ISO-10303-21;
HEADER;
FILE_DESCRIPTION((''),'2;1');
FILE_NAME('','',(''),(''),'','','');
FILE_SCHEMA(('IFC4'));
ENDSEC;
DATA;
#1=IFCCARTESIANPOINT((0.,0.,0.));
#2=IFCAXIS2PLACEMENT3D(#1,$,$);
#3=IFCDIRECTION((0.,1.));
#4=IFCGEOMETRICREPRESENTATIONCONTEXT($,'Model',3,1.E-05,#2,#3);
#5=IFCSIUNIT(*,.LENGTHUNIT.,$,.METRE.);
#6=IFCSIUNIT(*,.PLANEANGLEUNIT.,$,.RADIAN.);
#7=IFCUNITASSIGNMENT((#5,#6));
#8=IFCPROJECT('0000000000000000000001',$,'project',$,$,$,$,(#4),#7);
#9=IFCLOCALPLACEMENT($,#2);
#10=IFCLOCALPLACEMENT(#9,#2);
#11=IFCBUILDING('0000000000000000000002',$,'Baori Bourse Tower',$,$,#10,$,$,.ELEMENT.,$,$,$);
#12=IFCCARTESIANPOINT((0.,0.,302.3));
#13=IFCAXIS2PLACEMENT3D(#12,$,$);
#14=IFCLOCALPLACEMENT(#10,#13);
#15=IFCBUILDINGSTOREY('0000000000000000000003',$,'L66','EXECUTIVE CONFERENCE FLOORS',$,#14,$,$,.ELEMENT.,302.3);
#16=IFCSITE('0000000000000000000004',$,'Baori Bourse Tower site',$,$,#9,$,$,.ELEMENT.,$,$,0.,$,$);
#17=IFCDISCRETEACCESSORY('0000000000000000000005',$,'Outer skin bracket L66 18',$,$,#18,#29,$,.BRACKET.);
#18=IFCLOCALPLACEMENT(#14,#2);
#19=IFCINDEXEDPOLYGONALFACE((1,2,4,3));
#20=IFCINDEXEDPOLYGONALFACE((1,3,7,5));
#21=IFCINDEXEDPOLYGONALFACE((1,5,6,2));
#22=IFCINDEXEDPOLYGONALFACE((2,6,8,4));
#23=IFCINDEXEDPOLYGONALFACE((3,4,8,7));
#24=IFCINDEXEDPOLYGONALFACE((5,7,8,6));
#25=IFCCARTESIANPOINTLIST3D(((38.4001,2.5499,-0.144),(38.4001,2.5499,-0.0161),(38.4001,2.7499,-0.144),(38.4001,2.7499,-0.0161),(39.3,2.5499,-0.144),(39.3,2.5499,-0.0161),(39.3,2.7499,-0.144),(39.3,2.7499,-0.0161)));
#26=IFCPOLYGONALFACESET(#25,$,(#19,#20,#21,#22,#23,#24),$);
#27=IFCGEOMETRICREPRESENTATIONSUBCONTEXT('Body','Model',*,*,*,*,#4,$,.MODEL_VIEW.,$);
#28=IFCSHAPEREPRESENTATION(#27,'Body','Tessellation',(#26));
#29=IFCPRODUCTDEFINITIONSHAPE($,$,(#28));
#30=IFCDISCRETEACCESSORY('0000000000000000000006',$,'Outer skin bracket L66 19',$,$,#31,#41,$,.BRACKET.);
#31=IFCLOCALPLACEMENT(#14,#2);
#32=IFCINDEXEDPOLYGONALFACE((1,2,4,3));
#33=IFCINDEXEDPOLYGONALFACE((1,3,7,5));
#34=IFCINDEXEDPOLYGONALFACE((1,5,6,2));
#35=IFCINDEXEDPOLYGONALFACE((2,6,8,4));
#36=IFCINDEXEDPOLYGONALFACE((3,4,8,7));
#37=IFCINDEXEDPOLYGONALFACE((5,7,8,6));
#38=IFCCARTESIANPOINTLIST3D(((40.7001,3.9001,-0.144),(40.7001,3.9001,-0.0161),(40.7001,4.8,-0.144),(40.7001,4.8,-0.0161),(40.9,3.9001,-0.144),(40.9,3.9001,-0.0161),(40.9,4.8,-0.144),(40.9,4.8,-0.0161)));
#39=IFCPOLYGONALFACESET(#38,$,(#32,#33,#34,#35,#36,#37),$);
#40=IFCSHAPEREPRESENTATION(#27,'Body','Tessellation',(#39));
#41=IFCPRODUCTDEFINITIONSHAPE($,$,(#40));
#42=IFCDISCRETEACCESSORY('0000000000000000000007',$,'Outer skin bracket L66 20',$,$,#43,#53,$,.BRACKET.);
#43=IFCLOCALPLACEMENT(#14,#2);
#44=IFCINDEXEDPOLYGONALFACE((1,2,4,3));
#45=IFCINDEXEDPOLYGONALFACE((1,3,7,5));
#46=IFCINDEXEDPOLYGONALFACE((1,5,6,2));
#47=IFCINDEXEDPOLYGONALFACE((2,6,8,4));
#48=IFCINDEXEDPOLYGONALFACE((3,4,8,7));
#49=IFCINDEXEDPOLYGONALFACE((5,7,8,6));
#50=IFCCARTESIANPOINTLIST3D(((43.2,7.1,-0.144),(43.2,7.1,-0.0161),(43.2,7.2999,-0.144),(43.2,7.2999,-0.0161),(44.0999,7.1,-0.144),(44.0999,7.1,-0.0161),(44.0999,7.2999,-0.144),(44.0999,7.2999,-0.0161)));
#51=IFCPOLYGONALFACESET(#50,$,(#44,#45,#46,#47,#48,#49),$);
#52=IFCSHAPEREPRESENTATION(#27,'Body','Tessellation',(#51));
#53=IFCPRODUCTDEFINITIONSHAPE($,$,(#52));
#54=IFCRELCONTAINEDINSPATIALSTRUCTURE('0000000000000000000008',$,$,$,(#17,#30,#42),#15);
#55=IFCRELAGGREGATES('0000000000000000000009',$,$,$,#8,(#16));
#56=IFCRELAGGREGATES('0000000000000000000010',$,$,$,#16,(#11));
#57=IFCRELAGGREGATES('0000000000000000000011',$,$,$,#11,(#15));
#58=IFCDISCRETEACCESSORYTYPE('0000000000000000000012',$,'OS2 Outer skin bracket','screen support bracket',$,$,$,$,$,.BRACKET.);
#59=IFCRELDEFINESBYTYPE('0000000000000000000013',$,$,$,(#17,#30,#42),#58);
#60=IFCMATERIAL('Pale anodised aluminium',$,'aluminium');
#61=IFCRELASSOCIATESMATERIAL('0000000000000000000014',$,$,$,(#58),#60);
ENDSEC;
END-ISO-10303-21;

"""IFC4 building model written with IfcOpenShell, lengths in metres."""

from ifc_helpers import new_model, si_unit, direction, frame, origin, origin_2d, place, context, subcontext, project, spatial, rectangle, extrude, material, type_object, element, save


model = new_model("IFC4")

# Units and contexts
model_context = context("Model", 3, precision=1e-05, world=origin(), true_north=direction((0.0, 1.0)))
body_context = subcontext(model_context, "Body", "Model", "MODEL_VIEW")
ifc_project = project(units=[si_unit("LENGTHUNIT", "METRE"), si_unit("PLANEANGLEUNIT", "RADIAN")], contexts=[model_context])

# Site, building, storey
site_placement = place(None, origin())
site = spatial("IfcSite", under=ifc_project, at=site_placement, Name="Baori Bourse Tower site", CompositionType="ELEMENT", RefElevation=0.0)
building_placement = place(site_placement, origin())
building = spatial("IfcBuilding", under=site, at=building_placement, Name="Baori Bourse Tower", CompositionType="ELEMENT")
storey_placement = place(building_placement, frame((0.0, 0.0, 302.3)))
storey = spatial("IfcBuildingStorey", under=building, at=storey_placement, Name="L66", Description="EXECUTIVE CONFERENCE FLOORS", CompositionType="ELEMENT", Elevation=302.3)

# Discrete accessories
ifc_material_1 = material(Name="Pale anodised aluminium", Category="aluminium")
discrete_accessory_type = type_object("IfcDiscreteAccessoryType", Name="OS2 Outer skin bracket", Description="screen support bracket", PredefinedType="BRACKET", material=ifc_material_1)
for number, where, z_axis, x_axis, name in (
    (1, (38.8501, 2.6499, -0.144), (0.0, 0.0, 1.0), (0.0, 1.0, 0.0), "Outer skin bracket L66 18"),
    (2, (40.8, 4.3501, -0.144), (0.0, 0.0, 1.0), (1.0, 0.0, 0.0), "Outer skin bracket L66 19"),
    (3, (43.6499, 7.2, -0.144), (0.0, 0.0, 1.0), (0.0, 1.0, 0.0), "Outer skin bracket L66 20"),
):
    element("IfcDiscreteAccessory", number, at=place(storey_placement, frame(where, z_axis=z_axis, x_axis=x_axis)), inside=storey, type_object=discrete_accessory_type, Name=name, PredefinedType="BRACKET", context=body_context, shape_type="SweptSolid", body=[
        extrude(rectangle(XDim=0.2, YDim=0.8999, at=origin_2d()), origin(), (0.0, 0.0, 1.0), 0.1279),
    ])

save(model, "model.ifc")
